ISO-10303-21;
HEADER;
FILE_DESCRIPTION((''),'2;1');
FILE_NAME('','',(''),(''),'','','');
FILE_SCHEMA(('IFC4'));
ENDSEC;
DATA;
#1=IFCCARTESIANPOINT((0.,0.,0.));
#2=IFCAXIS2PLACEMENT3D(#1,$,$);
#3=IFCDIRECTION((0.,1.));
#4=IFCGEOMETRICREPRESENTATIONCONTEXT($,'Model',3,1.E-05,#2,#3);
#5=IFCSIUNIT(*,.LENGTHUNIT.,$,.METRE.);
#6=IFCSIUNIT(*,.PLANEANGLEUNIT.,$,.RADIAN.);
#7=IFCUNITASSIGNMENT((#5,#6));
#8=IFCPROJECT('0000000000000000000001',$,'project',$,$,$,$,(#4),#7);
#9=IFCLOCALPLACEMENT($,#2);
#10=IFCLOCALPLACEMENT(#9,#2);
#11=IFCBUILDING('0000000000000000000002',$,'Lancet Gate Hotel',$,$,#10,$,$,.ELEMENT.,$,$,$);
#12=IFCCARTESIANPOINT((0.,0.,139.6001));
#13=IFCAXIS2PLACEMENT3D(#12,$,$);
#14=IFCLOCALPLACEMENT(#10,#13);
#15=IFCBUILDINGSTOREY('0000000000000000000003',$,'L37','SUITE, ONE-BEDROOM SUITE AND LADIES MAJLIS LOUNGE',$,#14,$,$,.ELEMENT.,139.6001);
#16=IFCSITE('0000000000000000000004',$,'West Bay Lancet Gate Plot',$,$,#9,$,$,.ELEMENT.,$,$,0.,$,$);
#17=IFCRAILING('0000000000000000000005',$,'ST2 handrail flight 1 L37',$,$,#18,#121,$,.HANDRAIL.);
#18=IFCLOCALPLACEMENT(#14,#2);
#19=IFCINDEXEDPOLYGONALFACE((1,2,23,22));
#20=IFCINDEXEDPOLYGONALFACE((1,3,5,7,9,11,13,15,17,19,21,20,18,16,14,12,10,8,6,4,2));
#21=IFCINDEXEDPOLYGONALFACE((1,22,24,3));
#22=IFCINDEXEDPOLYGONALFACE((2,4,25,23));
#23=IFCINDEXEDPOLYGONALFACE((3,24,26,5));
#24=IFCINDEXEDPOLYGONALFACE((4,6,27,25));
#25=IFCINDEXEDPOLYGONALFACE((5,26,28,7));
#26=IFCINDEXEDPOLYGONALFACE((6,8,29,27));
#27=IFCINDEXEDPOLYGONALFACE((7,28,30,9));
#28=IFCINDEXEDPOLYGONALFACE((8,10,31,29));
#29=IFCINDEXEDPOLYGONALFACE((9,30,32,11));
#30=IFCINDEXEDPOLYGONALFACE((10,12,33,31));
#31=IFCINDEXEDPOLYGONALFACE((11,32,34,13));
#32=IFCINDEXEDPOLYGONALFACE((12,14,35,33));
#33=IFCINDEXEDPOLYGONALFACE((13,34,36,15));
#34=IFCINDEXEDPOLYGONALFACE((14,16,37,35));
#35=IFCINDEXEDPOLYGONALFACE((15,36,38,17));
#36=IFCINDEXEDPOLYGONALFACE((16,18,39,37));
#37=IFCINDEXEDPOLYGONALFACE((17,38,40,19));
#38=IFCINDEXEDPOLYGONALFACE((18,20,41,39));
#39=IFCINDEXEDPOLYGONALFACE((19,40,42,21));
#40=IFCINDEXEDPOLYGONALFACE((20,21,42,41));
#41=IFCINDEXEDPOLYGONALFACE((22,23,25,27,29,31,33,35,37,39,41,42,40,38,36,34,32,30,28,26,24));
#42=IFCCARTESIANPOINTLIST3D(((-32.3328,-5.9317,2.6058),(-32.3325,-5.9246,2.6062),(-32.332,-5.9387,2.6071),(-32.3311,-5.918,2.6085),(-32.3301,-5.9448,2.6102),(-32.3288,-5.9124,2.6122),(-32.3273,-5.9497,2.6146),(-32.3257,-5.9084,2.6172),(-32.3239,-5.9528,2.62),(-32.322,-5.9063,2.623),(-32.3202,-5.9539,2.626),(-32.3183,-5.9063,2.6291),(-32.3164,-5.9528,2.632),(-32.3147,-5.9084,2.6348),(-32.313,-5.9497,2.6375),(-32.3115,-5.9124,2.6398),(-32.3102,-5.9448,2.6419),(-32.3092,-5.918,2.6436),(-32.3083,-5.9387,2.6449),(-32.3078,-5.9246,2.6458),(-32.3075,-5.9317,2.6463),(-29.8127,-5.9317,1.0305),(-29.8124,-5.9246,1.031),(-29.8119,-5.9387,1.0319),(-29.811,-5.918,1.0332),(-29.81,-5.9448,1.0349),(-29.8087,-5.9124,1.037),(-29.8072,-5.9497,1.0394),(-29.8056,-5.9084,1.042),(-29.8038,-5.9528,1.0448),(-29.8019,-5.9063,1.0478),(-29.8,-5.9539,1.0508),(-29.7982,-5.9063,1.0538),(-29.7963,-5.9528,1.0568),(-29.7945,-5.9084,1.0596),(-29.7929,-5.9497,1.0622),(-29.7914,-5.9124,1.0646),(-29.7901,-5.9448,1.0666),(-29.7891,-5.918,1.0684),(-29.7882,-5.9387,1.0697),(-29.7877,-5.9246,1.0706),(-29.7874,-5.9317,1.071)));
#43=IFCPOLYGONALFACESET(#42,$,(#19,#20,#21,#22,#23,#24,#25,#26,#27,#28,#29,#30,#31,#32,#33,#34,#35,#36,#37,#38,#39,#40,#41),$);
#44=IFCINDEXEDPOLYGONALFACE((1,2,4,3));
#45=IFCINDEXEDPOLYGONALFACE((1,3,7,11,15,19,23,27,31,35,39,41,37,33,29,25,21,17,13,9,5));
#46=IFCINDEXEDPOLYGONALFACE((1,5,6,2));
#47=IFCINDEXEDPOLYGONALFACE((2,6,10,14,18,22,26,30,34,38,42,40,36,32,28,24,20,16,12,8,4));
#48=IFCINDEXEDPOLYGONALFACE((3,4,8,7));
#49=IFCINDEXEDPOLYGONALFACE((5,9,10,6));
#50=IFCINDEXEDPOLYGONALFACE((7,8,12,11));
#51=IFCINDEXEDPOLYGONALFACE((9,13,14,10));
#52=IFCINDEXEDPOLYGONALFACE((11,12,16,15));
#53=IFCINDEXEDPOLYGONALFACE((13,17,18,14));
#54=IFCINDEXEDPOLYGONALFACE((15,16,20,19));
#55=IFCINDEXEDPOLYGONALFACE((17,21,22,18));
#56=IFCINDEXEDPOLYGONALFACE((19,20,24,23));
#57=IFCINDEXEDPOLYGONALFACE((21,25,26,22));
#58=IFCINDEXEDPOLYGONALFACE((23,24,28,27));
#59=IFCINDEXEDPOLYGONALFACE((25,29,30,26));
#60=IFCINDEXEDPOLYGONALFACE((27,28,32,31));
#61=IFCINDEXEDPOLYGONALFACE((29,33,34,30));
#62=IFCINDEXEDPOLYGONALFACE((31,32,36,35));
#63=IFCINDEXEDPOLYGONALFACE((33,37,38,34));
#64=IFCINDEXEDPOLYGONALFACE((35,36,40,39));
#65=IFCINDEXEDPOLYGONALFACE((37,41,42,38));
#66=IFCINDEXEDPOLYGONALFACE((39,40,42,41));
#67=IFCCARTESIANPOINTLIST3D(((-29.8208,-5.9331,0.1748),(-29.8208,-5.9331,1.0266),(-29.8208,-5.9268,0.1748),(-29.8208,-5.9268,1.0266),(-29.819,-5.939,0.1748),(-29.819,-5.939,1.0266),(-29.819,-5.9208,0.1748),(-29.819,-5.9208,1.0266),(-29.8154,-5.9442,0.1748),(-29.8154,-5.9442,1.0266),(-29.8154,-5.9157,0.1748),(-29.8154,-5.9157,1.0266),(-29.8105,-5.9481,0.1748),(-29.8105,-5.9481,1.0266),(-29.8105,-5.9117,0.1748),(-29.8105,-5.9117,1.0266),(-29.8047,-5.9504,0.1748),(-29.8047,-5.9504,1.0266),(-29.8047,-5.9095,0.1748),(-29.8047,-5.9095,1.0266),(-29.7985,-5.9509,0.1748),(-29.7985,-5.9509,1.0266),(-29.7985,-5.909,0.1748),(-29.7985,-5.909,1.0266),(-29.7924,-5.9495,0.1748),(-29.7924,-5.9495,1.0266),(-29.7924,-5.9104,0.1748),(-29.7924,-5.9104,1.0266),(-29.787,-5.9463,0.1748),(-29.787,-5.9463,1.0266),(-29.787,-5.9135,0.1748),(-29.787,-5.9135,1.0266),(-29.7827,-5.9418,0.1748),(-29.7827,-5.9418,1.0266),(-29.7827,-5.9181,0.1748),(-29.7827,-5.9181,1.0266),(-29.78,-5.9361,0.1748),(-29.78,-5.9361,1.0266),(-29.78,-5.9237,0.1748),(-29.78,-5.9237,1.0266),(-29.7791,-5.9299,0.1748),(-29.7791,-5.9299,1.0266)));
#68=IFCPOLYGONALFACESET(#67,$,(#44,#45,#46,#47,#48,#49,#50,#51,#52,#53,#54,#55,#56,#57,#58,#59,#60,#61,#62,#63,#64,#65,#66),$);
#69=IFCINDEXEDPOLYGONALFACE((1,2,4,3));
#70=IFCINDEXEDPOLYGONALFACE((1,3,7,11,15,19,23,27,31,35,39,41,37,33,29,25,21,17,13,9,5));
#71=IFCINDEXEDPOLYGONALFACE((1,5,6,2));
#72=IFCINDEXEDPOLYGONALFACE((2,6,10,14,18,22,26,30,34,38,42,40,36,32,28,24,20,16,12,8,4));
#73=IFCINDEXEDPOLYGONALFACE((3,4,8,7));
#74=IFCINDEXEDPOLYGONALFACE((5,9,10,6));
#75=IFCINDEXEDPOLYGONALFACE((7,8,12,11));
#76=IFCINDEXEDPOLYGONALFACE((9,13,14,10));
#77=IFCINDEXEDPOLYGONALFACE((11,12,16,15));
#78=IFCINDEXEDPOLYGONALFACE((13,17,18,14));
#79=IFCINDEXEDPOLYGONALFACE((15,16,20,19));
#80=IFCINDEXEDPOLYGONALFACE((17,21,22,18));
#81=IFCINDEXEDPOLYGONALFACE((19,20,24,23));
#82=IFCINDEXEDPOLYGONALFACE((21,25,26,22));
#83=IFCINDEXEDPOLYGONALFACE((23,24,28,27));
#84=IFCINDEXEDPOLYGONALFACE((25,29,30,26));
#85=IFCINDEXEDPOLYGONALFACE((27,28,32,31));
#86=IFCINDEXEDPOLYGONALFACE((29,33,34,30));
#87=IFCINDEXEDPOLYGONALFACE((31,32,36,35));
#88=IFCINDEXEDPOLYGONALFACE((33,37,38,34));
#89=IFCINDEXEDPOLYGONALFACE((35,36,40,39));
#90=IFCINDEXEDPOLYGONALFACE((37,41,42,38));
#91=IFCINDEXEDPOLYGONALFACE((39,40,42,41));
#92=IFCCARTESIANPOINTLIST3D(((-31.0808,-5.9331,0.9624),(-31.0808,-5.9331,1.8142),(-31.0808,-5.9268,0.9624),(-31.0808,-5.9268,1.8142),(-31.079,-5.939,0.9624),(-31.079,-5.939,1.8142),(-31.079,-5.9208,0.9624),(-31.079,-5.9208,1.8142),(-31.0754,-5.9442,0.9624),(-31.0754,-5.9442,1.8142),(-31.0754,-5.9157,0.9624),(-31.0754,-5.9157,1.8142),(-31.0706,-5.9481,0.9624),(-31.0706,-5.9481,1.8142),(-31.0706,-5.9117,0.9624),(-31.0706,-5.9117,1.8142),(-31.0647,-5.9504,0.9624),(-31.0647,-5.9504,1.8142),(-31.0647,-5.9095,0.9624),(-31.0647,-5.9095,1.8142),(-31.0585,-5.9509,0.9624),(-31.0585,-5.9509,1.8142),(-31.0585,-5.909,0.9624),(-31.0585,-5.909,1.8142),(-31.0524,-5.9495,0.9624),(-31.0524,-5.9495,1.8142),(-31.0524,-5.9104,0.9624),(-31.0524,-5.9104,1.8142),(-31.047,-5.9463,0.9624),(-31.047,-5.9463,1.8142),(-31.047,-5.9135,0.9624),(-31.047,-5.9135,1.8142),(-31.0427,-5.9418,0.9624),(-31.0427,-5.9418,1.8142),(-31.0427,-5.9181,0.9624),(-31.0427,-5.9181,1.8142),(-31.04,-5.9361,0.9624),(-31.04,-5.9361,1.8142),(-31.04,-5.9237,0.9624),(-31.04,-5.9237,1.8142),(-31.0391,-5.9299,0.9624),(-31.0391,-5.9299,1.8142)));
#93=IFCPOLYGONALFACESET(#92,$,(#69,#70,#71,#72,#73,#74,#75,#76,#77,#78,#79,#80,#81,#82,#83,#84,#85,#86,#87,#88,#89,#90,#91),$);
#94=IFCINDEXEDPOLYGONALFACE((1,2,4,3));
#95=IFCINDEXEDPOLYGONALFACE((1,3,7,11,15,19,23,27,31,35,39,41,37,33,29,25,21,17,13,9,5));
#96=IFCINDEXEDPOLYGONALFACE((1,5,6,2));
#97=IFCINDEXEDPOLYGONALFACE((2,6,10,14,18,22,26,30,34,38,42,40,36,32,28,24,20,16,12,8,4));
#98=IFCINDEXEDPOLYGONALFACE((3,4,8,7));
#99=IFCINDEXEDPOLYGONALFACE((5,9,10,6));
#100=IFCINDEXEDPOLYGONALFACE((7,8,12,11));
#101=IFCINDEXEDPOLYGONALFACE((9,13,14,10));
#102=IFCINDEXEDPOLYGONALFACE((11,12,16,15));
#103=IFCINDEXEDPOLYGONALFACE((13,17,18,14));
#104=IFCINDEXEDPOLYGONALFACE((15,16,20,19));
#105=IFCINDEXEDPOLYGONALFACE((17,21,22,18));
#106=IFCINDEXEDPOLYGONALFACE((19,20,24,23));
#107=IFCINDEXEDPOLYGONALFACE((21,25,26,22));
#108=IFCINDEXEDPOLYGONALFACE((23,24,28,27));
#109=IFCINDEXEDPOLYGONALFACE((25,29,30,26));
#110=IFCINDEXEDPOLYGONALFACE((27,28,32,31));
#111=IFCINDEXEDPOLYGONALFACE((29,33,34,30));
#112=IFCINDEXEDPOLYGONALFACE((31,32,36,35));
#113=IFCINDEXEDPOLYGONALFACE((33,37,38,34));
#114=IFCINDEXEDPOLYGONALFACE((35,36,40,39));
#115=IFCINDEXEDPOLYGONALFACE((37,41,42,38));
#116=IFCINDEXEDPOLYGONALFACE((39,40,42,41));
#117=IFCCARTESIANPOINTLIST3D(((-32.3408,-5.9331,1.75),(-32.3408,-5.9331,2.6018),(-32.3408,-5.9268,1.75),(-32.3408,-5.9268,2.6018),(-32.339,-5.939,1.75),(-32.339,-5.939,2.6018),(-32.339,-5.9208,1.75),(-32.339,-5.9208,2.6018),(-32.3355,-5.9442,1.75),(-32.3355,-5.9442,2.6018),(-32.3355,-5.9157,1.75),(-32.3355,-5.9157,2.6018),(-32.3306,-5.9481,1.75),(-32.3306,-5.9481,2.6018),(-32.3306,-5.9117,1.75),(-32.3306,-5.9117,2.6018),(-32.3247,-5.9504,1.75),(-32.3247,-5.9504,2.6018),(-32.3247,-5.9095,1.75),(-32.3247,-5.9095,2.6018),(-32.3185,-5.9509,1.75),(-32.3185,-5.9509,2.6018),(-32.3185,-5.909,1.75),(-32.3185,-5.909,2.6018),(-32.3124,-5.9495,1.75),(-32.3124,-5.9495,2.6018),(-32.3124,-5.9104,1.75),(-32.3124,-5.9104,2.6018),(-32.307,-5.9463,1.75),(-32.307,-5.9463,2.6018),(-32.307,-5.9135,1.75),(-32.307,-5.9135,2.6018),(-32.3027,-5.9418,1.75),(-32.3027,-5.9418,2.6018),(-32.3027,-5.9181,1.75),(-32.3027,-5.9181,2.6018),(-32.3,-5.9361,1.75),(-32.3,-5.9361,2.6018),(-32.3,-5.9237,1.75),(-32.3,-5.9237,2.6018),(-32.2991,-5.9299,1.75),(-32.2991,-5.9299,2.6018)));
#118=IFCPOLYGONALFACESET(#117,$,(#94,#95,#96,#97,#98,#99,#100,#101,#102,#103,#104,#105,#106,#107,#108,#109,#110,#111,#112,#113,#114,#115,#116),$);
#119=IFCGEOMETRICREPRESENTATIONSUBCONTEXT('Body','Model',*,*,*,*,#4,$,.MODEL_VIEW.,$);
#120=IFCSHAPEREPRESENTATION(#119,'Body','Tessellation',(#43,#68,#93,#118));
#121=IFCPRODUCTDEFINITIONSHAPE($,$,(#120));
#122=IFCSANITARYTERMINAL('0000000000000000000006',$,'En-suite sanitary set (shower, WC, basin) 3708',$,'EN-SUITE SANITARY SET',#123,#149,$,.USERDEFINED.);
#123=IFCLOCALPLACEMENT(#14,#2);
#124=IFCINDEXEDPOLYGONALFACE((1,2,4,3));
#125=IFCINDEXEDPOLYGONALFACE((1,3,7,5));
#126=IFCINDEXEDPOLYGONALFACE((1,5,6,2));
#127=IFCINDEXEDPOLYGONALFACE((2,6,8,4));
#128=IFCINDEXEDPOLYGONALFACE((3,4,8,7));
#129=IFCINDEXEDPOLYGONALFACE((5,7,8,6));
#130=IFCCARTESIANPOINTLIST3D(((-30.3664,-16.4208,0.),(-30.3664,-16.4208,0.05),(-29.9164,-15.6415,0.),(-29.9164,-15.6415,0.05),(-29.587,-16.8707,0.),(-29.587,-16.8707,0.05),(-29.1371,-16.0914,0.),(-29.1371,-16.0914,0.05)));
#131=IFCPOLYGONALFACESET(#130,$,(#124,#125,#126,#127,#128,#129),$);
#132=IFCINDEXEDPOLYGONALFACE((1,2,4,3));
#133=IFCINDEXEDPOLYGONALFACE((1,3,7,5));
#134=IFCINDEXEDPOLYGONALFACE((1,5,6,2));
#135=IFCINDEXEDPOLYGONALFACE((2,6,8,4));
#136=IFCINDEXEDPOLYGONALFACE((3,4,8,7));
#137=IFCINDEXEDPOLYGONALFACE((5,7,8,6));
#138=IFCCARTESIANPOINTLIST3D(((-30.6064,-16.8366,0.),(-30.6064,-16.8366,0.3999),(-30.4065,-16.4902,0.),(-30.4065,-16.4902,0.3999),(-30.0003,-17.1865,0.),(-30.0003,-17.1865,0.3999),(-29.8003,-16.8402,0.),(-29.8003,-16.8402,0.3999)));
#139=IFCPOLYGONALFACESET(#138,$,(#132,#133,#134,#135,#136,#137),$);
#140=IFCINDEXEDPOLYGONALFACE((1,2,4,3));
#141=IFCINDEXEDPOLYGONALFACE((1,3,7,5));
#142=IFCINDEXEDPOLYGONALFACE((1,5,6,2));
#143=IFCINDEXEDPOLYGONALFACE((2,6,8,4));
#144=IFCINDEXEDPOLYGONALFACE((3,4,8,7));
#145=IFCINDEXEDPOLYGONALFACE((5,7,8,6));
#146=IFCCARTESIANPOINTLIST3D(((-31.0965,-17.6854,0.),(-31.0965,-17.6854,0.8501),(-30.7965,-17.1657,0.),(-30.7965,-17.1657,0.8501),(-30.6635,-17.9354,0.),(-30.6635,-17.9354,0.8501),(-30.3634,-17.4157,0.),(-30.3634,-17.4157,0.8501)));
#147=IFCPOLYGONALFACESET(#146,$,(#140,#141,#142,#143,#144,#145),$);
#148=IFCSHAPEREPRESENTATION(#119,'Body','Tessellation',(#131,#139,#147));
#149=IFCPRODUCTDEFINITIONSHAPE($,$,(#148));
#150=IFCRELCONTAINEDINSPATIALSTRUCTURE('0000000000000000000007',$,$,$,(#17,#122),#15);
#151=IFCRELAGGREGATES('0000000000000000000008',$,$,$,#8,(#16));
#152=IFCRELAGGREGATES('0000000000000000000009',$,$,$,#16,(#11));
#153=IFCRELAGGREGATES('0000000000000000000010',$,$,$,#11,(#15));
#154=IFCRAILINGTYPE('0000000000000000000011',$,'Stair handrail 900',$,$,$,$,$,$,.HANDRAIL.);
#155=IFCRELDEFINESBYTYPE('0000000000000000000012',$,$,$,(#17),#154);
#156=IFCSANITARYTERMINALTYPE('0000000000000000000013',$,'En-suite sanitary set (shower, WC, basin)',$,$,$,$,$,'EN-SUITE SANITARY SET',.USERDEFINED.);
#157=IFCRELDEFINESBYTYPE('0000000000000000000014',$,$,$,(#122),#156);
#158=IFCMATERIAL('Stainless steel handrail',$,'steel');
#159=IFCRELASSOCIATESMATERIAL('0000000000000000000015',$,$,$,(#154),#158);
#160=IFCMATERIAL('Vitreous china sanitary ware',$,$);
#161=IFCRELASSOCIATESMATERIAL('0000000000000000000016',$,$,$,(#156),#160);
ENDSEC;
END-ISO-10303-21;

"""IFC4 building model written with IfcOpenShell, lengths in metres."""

from ifc_helpers import new_model, si_unit, direction, frame, origin, origin_2d, place, context, subcontext, project, spatial, rectangle, circle, extrude, material, type_object, element, save


model = new_model("IFC4")

# Units and contexts
model_context = context("Model", 3, precision=1e-05, world=origin(), true_north=direction((0.0, 1.0)))
body_context = subcontext(model_context, "Body", "Model", "MODEL_VIEW")
ifc_project = project(units=[si_unit("LENGTHUNIT", "METRE"), si_unit("PLANEANGLEUNIT", "RADIAN")], contexts=[model_context])

# Site, building, storey
site_placement = place(None, origin())
site = spatial("IfcSite", under=ifc_project, at=site_placement, Name="West Bay Lancet Gate Plot", CompositionType="ELEMENT", RefElevation=0.0)
building_placement = place(site_placement, origin())
building = spatial("IfcBuilding", under=site, at=building_placement, Name="Lancet Gate Hotel", CompositionType="ELEMENT")
storey_placement = place(building_placement, frame((0.0, 0.0, 139.6001)))
storey = spatial("IfcBuildingStorey", under=building, at=storey_placement, Name="L37", Description="SUITE, ONE-BEDROOM SUITE AND LADIES MAJLIS LOUNGE", CompositionType="ELEMENT", Elevation=139.6001)

# Railing
ifc_material_1 = material(Name="Stainless steel handrail", Category="steel")
railing_type = type_object("IfcRailingType", Name="Stair handrail 900", PredefinedType="HANDRAIL", material=ifc_material_1)
railing_placement = place(storey_placement, frame((-29.8, -5.9299, 0.1748)))
element("IfcRailing", 1, at=railing_placement, inside=storey, type_object=railing_type, Name="ST2 handrail flight 1 L37", PredefinedType="HANDRAIL", context=body_context, shape_type="SweptSolid", body=[
    extrude(circle(Radius=0.0239, at=origin_2d()), frame((0.0, 0.0, 0.876), z_axis=(-0.847971, 0.0, 0.530043), x_axis=(0.0, -1.0, 0.0)), (0.0, 0.0, 1.0), 2.9719),
    extrude(circle(Radius=0.021, at=origin_2d()), origin(), (0.0, 0.0, 1.0), 0.8518),
    extrude(circle(Radius=0.021, at=origin_2d()), frame((-1.26, 0.0, 0.7876)), (0.0, 0.0, 1.0), 0.8518),
    extrude(circle(Radius=0.021, at=origin_2d()), frame((-2.52, 0.0, 1.5752)), (0.0, 0.0, 1.0), 0.8518),
])

# Sanitary terminal
ifc_material_2 = material(Name="Vitreous china sanitary ware")
sanitary_terminal_type = type_object("IfcSanitaryTerminalType", Name="En-suite sanitary set (shower, WC, basin)", ElementType="EN-SUITE SANITARY SET", PredefinedType="USERDEFINED", material=ifc_material_2)
sanitary_terminal_placement = place(storey_placement, frame((-29.7517, -16.2561, 0.0), z_axis=(0.0, 0.0, 1.0), x_axis=(1.0, 0.0, 0.0)))
element("IfcSanitaryTerminal", 2, at=sanitary_terminal_placement, inside=storey, type_object=sanitary_terminal_type, Name="En-suite sanitary set (shower, WC, basin) 3708", ObjectType="EN-SUITE SANITARY SET", PredefinedType="USERDEFINED", context=body_context, shape_type="SweptSolid", body=[
    extrude(rectangle(XDim=0.8999, YDim=0.8999, at=origin_2d()), frame((0.0, 0.0, 0.0), z_axis=(0.0, 0.0, 1.0), x_axis=(0.5, 0.866025, 0.0)), (0.0, 0.0, 1.0), 0.05),
    extrude(rectangle(XDim=0.3999, YDim=0.7, at=origin_2d()), frame((-0.4517, -0.5823, 0.0), z_axis=(0.0, 0.0, 1.0), x_axis=(0.5, 0.866025, 0.0)), (0.0, 0.0, 1.0), 0.3999),
    extrude(rectangle(XDim=0.6001, YDim=0.5, at=origin_2d()), frame((-0.9783, -1.2944, 0.0), z_axis=(0.0, 0.0, 1.0), x_axis=(0.5, 0.866025, 0.0)), (0.0, 0.0, 1.0), 0.8501),
])

save(model, "model.ifc")
